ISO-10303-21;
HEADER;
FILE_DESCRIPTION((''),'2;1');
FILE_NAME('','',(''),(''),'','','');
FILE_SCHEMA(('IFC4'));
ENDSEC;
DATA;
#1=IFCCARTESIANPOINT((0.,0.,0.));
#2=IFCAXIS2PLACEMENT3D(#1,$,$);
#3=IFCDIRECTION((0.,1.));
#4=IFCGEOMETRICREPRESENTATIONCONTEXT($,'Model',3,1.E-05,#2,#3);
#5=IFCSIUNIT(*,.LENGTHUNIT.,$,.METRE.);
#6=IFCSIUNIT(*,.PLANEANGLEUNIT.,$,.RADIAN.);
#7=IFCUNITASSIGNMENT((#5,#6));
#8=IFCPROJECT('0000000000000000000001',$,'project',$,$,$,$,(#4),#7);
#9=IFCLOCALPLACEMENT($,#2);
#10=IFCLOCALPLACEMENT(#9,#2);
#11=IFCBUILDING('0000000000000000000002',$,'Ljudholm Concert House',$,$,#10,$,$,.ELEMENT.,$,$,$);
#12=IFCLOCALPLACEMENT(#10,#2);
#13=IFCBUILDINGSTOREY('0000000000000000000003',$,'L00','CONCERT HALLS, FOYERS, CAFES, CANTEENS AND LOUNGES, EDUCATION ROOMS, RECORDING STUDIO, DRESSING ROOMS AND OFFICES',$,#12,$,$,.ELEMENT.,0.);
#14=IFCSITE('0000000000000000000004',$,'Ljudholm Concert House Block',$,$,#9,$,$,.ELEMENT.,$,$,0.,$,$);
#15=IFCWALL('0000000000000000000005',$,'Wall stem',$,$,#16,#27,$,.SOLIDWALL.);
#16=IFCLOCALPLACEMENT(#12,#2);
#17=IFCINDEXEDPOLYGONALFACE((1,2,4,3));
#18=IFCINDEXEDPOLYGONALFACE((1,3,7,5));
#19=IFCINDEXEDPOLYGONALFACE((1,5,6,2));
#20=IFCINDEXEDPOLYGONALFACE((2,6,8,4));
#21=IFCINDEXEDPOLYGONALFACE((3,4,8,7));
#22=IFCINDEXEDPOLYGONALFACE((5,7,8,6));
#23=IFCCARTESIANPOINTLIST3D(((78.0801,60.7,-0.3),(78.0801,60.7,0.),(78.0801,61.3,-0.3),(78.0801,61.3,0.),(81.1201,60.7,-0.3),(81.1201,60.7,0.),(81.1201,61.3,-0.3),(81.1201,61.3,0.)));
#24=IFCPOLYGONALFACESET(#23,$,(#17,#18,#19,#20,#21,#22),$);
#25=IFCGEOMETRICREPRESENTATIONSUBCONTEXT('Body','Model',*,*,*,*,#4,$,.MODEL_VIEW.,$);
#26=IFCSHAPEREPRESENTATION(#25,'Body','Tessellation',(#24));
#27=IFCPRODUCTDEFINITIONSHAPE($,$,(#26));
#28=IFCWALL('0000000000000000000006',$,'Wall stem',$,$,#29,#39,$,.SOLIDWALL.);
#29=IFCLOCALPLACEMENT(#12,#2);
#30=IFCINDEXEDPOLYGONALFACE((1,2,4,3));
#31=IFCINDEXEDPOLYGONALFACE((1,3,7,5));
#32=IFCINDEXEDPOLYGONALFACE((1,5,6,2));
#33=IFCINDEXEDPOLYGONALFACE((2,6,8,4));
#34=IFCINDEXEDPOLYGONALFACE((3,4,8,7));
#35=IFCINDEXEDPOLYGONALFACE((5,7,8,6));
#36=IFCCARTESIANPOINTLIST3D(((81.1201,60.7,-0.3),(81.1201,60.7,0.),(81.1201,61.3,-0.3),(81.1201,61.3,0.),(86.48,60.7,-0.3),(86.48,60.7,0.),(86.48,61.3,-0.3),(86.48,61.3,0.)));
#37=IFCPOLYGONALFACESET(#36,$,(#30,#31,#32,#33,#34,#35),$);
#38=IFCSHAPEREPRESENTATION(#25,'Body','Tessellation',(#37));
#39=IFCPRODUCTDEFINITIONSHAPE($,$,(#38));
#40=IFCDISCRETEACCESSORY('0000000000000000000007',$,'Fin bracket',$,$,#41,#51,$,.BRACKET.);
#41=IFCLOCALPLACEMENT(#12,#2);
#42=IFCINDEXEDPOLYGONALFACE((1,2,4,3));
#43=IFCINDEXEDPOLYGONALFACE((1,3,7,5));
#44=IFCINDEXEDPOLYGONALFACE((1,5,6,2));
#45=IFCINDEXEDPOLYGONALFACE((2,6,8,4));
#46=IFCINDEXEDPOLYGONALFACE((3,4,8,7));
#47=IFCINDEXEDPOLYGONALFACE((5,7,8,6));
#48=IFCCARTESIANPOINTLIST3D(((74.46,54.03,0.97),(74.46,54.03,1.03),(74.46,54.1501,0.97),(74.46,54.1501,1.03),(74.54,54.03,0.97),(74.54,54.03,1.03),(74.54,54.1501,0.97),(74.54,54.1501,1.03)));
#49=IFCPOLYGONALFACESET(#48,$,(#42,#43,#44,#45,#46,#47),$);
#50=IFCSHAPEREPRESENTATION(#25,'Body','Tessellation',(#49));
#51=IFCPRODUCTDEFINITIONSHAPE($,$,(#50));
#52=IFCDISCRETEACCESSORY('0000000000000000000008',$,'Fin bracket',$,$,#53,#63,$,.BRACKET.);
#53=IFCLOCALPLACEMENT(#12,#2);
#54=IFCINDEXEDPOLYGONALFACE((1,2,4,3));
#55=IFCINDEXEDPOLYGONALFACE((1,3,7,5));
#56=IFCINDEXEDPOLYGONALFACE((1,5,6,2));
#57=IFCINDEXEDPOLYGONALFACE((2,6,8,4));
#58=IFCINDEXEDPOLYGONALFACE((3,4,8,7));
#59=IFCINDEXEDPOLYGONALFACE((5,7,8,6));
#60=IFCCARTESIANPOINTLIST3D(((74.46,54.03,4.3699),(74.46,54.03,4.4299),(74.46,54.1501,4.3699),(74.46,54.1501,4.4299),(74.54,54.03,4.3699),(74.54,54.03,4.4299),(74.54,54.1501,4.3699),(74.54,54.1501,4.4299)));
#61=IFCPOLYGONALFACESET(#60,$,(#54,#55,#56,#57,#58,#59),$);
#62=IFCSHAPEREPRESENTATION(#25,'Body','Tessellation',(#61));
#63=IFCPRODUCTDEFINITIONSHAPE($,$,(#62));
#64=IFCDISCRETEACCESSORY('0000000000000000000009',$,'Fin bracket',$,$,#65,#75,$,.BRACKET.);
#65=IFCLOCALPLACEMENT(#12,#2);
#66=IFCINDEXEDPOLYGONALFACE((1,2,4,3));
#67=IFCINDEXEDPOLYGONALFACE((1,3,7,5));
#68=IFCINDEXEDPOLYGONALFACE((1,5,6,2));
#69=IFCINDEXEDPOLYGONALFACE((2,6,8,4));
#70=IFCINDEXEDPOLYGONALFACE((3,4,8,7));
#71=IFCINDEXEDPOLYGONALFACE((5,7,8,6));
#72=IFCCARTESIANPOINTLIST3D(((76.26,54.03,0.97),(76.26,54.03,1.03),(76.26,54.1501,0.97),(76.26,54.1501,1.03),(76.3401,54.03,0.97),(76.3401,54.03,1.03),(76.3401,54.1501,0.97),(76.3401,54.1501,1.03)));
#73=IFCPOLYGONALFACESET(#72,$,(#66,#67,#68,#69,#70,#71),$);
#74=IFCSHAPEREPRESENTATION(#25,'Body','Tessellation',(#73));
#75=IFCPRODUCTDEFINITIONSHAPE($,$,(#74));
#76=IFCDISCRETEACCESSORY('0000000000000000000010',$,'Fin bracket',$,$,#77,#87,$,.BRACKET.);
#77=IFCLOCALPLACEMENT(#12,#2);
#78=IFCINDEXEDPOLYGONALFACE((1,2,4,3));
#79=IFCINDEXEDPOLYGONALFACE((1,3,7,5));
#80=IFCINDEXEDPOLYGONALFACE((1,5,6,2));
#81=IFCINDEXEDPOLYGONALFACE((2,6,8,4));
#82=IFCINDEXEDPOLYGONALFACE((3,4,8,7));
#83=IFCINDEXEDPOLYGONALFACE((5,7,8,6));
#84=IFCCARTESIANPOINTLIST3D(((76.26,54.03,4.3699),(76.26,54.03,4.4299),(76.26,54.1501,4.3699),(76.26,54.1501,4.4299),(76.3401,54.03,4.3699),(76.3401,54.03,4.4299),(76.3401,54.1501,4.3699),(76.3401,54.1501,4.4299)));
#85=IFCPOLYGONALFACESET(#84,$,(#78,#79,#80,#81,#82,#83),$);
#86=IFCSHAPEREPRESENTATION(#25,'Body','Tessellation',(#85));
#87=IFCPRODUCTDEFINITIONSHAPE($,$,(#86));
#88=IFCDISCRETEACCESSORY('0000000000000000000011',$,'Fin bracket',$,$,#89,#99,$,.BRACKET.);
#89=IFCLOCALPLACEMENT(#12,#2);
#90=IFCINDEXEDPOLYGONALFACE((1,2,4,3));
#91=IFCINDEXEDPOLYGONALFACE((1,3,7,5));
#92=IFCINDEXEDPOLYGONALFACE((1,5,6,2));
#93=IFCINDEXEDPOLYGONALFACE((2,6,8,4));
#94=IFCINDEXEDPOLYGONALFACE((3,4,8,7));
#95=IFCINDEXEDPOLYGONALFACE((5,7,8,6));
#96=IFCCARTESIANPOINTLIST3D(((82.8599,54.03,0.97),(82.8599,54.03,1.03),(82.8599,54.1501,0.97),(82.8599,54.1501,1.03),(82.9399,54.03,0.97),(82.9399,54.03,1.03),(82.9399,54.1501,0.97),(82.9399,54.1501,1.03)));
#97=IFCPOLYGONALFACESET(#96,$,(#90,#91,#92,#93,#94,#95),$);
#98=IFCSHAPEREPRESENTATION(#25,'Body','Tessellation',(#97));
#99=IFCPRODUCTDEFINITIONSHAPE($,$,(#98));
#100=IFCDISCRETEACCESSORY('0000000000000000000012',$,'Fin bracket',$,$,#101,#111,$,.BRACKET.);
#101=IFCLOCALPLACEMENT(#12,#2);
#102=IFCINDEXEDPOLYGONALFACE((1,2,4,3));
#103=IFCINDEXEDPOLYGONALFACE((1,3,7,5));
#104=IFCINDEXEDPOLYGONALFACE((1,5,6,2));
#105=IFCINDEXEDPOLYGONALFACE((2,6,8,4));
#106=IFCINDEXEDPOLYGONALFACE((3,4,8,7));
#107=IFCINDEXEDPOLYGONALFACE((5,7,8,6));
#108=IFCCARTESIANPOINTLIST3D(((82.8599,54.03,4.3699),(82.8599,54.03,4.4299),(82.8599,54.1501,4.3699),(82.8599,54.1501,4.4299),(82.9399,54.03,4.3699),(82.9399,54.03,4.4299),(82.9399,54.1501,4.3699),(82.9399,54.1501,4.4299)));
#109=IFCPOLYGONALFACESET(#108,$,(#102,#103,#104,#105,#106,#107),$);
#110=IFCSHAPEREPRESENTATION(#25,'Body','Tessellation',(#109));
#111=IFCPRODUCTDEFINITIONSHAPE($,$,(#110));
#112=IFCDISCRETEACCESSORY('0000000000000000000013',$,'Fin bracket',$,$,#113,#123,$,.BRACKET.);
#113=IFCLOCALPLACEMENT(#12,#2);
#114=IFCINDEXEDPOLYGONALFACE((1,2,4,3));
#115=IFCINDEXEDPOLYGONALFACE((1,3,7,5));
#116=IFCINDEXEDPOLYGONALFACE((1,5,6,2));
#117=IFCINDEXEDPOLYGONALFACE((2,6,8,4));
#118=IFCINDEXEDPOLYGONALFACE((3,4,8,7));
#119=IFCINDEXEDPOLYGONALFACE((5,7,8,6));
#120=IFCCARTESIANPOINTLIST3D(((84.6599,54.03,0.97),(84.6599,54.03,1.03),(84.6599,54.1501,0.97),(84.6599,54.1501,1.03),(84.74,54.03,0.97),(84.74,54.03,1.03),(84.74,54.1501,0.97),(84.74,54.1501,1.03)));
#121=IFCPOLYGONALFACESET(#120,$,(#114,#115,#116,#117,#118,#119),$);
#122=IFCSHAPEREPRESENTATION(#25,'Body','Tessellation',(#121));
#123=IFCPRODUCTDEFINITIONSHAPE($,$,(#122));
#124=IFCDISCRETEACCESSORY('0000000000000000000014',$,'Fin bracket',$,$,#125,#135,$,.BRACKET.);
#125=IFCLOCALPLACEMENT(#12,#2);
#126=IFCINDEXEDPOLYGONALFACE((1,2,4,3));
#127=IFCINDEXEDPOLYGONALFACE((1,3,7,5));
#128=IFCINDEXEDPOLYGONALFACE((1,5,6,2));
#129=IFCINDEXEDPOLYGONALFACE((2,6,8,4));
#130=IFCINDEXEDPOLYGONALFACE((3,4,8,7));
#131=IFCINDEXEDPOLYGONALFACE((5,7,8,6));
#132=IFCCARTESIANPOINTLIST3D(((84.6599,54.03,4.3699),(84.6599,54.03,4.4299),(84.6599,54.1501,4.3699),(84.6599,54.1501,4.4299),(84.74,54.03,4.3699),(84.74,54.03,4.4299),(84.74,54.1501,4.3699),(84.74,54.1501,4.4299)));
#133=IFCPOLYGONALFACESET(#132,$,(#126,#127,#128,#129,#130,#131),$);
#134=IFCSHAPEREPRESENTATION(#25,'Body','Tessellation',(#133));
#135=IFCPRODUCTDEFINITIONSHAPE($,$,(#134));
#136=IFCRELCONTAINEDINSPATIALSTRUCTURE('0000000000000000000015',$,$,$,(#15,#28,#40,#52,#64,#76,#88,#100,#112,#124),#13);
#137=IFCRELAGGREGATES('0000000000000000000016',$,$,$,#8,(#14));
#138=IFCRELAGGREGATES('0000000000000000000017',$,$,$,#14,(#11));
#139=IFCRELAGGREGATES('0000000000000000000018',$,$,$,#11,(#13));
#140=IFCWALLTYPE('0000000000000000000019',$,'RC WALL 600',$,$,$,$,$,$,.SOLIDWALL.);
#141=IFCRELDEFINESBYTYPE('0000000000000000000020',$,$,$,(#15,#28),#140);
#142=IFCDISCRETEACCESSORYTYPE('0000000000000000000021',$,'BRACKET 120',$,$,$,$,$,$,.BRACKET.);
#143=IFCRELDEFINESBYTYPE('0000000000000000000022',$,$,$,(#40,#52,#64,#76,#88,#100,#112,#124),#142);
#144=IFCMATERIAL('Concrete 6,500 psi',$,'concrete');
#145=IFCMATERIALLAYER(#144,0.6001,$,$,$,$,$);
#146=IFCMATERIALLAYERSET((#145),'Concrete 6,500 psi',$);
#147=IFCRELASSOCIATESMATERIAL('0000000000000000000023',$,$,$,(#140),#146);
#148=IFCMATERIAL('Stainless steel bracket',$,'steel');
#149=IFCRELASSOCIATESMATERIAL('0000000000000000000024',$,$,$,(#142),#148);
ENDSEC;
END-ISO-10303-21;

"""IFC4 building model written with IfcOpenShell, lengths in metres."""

from ifc_helpers import new_model, si_unit, direction, frame, frame_2d, origin, origin_2d, place, context, subcontext, project, spatial, rectangle, extrude, material, layer, layer_set, type_object, element, save


model = new_model("IFC4")

# Units and contexts
model_context = context("Model", 3, precision=1e-05, world=origin(), true_north=direction((0.0, 1.0)))
body_context = subcontext(model_context, "Body", "Model", "MODEL_VIEW")
ifc_project = project(units=[si_unit("LENGTHUNIT", "METRE"), si_unit("PLANEANGLEUNIT", "RADIAN")], contexts=[model_context])

# Site, building, storey
site_placement = place(None, origin())
site = spatial("IfcSite", under=ifc_project, at=site_placement, Name="Ljudholm Concert House Block", CompositionType="ELEMENT", RefElevation=0.0)
building_placement = place(site_placement, origin())
building = spatial("IfcBuilding", under=site, at=building_placement, Name="Ljudholm Concert House", CompositionType="ELEMENT")
storey_placement = place(building_placement, origin())
storey = spatial("IfcBuildingStorey", under=building, at=storey_placement, Name="L00", Description="CONCERT HALLS, FOYERS, CAFES, CANTEENS AND LOUNGES, EDUCATION ROOMS, RECORDING STUDIO, DRESSING ROOMS AND OFFICES", CompositionType="ELEMENT", Elevation=0.0)

# Walls
ifc_material_1 = material(Name="Concrete 6,500 psi", Category="concrete")
ifc_layer_1 = layer(ifc_material_1, 0.6001)
ifc_layer_set_1 = layer_set([ifc_layer_1], Name="Concrete 6,500 psi")
wall_type_1 = type_object("IfcWallType", Name="RC WALL 600", PredefinedType="SOLIDWALL", material=ifc_layer_set_1)
wall_1_placement = place(storey_placement, frame((78.0801, 61.0, -0.3), z_axis=(0.0, 0.0, 1.0), x_axis=(1.0, 0.0, 0.0)))
element("IfcWall", 1, at=wall_1_placement, inside=storey, type_object=wall_type_1, Name="Wall stem", PredefinedType="SOLIDWALL", context=body_context, shape_type="SweptSolid", body=[
    extrude(rectangle(XDim=3.04, YDim=0.6001, at=frame_2d((1.52, 0.0))), origin(), (0.0, 0.0, 1.0), 0.3),
])
wall_2_placement = place(storey_placement, frame((81.1201, 61.0, -0.3), z_axis=(0.0, 0.0, 1.0), x_axis=(1.0, 0.0, 0.0)))
element("IfcWall", 2, at=wall_2_placement, inside=storey, type_object=wall_type_1, Name="Wall stem", PredefinedType="SOLIDWALL", context=body_context, shape_type="SweptSolid", body=[
    extrude(rectangle(XDim=5.3599, YDim=0.6001, at=frame_2d((2.6799, 0.0))), origin(), (0.0, 0.0, 1.0), 0.3),
])

# Discrete accessories
ifc_material_2 = material(Name="Stainless steel bracket", Category="steel")
discrete_accessory_type = type_object("IfcDiscreteAccessoryType", Name="BRACKET 120", PredefinedType="BRACKET", material=ifc_material_2)
for number, where, z_axis, x_axis, name in (
    (3, (74.5, 54.0901, 0.97), (0.0, 0.0, 1.0), (0.0, -1.0, 0.0), "Fin bracket"),
    (4, (74.5, 54.0901, 4.3699), (0.0, 0.0, 1.0), (0.0, -1.0, 0.0), "Fin bracket"),
    (5, (76.3, 54.0901, 0.97), (0.0, 0.0, 1.0), (0.0, -1.0, 0.0), "Fin bracket"),
    (6, (76.3, 54.0901, 4.3699), (0.0, 0.0, 1.0), (0.0, -1.0, 0.0), "Fin bracket"),
    (7, (82.8999, 54.0901, 0.97), (0.0, 0.0, 1.0), (0.0, -1.0, 0.0), "Fin bracket"),
    (8, (82.8999, 54.0901, 4.3699), (0.0, 0.0, 1.0), (0.0, -1.0, 0.0), "Fin bracket"),
    (9, (84.7, 54.0901, 0.97), (0.0, 0.0, 1.0), (0.0, -1.0, 0.0), "Fin bracket"),
    (10, (84.7, 54.0901, 4.3699), (0.0, 0.0, 1.0), (0.0, -1.0, 0.0), "Fin bracket"),
):
    element("IfcDiscreteAccessory", number, at=place(storey_placement, frame(where, z_axis=z_axis, x_axis=x_axis)), inside=storey, type_object=discrete_accessory_type, Name=name, PredefinedType="BRACKET", context=body_context, shape_type="SweptSolid", body=[
        extrude(rectangle(XDim=0.1201, YDim=0.0801, at=origin_2d()), origin(), (0.0, 0.0, 1.0), 0.0601),
    ])

save(model, "model.ifc")
